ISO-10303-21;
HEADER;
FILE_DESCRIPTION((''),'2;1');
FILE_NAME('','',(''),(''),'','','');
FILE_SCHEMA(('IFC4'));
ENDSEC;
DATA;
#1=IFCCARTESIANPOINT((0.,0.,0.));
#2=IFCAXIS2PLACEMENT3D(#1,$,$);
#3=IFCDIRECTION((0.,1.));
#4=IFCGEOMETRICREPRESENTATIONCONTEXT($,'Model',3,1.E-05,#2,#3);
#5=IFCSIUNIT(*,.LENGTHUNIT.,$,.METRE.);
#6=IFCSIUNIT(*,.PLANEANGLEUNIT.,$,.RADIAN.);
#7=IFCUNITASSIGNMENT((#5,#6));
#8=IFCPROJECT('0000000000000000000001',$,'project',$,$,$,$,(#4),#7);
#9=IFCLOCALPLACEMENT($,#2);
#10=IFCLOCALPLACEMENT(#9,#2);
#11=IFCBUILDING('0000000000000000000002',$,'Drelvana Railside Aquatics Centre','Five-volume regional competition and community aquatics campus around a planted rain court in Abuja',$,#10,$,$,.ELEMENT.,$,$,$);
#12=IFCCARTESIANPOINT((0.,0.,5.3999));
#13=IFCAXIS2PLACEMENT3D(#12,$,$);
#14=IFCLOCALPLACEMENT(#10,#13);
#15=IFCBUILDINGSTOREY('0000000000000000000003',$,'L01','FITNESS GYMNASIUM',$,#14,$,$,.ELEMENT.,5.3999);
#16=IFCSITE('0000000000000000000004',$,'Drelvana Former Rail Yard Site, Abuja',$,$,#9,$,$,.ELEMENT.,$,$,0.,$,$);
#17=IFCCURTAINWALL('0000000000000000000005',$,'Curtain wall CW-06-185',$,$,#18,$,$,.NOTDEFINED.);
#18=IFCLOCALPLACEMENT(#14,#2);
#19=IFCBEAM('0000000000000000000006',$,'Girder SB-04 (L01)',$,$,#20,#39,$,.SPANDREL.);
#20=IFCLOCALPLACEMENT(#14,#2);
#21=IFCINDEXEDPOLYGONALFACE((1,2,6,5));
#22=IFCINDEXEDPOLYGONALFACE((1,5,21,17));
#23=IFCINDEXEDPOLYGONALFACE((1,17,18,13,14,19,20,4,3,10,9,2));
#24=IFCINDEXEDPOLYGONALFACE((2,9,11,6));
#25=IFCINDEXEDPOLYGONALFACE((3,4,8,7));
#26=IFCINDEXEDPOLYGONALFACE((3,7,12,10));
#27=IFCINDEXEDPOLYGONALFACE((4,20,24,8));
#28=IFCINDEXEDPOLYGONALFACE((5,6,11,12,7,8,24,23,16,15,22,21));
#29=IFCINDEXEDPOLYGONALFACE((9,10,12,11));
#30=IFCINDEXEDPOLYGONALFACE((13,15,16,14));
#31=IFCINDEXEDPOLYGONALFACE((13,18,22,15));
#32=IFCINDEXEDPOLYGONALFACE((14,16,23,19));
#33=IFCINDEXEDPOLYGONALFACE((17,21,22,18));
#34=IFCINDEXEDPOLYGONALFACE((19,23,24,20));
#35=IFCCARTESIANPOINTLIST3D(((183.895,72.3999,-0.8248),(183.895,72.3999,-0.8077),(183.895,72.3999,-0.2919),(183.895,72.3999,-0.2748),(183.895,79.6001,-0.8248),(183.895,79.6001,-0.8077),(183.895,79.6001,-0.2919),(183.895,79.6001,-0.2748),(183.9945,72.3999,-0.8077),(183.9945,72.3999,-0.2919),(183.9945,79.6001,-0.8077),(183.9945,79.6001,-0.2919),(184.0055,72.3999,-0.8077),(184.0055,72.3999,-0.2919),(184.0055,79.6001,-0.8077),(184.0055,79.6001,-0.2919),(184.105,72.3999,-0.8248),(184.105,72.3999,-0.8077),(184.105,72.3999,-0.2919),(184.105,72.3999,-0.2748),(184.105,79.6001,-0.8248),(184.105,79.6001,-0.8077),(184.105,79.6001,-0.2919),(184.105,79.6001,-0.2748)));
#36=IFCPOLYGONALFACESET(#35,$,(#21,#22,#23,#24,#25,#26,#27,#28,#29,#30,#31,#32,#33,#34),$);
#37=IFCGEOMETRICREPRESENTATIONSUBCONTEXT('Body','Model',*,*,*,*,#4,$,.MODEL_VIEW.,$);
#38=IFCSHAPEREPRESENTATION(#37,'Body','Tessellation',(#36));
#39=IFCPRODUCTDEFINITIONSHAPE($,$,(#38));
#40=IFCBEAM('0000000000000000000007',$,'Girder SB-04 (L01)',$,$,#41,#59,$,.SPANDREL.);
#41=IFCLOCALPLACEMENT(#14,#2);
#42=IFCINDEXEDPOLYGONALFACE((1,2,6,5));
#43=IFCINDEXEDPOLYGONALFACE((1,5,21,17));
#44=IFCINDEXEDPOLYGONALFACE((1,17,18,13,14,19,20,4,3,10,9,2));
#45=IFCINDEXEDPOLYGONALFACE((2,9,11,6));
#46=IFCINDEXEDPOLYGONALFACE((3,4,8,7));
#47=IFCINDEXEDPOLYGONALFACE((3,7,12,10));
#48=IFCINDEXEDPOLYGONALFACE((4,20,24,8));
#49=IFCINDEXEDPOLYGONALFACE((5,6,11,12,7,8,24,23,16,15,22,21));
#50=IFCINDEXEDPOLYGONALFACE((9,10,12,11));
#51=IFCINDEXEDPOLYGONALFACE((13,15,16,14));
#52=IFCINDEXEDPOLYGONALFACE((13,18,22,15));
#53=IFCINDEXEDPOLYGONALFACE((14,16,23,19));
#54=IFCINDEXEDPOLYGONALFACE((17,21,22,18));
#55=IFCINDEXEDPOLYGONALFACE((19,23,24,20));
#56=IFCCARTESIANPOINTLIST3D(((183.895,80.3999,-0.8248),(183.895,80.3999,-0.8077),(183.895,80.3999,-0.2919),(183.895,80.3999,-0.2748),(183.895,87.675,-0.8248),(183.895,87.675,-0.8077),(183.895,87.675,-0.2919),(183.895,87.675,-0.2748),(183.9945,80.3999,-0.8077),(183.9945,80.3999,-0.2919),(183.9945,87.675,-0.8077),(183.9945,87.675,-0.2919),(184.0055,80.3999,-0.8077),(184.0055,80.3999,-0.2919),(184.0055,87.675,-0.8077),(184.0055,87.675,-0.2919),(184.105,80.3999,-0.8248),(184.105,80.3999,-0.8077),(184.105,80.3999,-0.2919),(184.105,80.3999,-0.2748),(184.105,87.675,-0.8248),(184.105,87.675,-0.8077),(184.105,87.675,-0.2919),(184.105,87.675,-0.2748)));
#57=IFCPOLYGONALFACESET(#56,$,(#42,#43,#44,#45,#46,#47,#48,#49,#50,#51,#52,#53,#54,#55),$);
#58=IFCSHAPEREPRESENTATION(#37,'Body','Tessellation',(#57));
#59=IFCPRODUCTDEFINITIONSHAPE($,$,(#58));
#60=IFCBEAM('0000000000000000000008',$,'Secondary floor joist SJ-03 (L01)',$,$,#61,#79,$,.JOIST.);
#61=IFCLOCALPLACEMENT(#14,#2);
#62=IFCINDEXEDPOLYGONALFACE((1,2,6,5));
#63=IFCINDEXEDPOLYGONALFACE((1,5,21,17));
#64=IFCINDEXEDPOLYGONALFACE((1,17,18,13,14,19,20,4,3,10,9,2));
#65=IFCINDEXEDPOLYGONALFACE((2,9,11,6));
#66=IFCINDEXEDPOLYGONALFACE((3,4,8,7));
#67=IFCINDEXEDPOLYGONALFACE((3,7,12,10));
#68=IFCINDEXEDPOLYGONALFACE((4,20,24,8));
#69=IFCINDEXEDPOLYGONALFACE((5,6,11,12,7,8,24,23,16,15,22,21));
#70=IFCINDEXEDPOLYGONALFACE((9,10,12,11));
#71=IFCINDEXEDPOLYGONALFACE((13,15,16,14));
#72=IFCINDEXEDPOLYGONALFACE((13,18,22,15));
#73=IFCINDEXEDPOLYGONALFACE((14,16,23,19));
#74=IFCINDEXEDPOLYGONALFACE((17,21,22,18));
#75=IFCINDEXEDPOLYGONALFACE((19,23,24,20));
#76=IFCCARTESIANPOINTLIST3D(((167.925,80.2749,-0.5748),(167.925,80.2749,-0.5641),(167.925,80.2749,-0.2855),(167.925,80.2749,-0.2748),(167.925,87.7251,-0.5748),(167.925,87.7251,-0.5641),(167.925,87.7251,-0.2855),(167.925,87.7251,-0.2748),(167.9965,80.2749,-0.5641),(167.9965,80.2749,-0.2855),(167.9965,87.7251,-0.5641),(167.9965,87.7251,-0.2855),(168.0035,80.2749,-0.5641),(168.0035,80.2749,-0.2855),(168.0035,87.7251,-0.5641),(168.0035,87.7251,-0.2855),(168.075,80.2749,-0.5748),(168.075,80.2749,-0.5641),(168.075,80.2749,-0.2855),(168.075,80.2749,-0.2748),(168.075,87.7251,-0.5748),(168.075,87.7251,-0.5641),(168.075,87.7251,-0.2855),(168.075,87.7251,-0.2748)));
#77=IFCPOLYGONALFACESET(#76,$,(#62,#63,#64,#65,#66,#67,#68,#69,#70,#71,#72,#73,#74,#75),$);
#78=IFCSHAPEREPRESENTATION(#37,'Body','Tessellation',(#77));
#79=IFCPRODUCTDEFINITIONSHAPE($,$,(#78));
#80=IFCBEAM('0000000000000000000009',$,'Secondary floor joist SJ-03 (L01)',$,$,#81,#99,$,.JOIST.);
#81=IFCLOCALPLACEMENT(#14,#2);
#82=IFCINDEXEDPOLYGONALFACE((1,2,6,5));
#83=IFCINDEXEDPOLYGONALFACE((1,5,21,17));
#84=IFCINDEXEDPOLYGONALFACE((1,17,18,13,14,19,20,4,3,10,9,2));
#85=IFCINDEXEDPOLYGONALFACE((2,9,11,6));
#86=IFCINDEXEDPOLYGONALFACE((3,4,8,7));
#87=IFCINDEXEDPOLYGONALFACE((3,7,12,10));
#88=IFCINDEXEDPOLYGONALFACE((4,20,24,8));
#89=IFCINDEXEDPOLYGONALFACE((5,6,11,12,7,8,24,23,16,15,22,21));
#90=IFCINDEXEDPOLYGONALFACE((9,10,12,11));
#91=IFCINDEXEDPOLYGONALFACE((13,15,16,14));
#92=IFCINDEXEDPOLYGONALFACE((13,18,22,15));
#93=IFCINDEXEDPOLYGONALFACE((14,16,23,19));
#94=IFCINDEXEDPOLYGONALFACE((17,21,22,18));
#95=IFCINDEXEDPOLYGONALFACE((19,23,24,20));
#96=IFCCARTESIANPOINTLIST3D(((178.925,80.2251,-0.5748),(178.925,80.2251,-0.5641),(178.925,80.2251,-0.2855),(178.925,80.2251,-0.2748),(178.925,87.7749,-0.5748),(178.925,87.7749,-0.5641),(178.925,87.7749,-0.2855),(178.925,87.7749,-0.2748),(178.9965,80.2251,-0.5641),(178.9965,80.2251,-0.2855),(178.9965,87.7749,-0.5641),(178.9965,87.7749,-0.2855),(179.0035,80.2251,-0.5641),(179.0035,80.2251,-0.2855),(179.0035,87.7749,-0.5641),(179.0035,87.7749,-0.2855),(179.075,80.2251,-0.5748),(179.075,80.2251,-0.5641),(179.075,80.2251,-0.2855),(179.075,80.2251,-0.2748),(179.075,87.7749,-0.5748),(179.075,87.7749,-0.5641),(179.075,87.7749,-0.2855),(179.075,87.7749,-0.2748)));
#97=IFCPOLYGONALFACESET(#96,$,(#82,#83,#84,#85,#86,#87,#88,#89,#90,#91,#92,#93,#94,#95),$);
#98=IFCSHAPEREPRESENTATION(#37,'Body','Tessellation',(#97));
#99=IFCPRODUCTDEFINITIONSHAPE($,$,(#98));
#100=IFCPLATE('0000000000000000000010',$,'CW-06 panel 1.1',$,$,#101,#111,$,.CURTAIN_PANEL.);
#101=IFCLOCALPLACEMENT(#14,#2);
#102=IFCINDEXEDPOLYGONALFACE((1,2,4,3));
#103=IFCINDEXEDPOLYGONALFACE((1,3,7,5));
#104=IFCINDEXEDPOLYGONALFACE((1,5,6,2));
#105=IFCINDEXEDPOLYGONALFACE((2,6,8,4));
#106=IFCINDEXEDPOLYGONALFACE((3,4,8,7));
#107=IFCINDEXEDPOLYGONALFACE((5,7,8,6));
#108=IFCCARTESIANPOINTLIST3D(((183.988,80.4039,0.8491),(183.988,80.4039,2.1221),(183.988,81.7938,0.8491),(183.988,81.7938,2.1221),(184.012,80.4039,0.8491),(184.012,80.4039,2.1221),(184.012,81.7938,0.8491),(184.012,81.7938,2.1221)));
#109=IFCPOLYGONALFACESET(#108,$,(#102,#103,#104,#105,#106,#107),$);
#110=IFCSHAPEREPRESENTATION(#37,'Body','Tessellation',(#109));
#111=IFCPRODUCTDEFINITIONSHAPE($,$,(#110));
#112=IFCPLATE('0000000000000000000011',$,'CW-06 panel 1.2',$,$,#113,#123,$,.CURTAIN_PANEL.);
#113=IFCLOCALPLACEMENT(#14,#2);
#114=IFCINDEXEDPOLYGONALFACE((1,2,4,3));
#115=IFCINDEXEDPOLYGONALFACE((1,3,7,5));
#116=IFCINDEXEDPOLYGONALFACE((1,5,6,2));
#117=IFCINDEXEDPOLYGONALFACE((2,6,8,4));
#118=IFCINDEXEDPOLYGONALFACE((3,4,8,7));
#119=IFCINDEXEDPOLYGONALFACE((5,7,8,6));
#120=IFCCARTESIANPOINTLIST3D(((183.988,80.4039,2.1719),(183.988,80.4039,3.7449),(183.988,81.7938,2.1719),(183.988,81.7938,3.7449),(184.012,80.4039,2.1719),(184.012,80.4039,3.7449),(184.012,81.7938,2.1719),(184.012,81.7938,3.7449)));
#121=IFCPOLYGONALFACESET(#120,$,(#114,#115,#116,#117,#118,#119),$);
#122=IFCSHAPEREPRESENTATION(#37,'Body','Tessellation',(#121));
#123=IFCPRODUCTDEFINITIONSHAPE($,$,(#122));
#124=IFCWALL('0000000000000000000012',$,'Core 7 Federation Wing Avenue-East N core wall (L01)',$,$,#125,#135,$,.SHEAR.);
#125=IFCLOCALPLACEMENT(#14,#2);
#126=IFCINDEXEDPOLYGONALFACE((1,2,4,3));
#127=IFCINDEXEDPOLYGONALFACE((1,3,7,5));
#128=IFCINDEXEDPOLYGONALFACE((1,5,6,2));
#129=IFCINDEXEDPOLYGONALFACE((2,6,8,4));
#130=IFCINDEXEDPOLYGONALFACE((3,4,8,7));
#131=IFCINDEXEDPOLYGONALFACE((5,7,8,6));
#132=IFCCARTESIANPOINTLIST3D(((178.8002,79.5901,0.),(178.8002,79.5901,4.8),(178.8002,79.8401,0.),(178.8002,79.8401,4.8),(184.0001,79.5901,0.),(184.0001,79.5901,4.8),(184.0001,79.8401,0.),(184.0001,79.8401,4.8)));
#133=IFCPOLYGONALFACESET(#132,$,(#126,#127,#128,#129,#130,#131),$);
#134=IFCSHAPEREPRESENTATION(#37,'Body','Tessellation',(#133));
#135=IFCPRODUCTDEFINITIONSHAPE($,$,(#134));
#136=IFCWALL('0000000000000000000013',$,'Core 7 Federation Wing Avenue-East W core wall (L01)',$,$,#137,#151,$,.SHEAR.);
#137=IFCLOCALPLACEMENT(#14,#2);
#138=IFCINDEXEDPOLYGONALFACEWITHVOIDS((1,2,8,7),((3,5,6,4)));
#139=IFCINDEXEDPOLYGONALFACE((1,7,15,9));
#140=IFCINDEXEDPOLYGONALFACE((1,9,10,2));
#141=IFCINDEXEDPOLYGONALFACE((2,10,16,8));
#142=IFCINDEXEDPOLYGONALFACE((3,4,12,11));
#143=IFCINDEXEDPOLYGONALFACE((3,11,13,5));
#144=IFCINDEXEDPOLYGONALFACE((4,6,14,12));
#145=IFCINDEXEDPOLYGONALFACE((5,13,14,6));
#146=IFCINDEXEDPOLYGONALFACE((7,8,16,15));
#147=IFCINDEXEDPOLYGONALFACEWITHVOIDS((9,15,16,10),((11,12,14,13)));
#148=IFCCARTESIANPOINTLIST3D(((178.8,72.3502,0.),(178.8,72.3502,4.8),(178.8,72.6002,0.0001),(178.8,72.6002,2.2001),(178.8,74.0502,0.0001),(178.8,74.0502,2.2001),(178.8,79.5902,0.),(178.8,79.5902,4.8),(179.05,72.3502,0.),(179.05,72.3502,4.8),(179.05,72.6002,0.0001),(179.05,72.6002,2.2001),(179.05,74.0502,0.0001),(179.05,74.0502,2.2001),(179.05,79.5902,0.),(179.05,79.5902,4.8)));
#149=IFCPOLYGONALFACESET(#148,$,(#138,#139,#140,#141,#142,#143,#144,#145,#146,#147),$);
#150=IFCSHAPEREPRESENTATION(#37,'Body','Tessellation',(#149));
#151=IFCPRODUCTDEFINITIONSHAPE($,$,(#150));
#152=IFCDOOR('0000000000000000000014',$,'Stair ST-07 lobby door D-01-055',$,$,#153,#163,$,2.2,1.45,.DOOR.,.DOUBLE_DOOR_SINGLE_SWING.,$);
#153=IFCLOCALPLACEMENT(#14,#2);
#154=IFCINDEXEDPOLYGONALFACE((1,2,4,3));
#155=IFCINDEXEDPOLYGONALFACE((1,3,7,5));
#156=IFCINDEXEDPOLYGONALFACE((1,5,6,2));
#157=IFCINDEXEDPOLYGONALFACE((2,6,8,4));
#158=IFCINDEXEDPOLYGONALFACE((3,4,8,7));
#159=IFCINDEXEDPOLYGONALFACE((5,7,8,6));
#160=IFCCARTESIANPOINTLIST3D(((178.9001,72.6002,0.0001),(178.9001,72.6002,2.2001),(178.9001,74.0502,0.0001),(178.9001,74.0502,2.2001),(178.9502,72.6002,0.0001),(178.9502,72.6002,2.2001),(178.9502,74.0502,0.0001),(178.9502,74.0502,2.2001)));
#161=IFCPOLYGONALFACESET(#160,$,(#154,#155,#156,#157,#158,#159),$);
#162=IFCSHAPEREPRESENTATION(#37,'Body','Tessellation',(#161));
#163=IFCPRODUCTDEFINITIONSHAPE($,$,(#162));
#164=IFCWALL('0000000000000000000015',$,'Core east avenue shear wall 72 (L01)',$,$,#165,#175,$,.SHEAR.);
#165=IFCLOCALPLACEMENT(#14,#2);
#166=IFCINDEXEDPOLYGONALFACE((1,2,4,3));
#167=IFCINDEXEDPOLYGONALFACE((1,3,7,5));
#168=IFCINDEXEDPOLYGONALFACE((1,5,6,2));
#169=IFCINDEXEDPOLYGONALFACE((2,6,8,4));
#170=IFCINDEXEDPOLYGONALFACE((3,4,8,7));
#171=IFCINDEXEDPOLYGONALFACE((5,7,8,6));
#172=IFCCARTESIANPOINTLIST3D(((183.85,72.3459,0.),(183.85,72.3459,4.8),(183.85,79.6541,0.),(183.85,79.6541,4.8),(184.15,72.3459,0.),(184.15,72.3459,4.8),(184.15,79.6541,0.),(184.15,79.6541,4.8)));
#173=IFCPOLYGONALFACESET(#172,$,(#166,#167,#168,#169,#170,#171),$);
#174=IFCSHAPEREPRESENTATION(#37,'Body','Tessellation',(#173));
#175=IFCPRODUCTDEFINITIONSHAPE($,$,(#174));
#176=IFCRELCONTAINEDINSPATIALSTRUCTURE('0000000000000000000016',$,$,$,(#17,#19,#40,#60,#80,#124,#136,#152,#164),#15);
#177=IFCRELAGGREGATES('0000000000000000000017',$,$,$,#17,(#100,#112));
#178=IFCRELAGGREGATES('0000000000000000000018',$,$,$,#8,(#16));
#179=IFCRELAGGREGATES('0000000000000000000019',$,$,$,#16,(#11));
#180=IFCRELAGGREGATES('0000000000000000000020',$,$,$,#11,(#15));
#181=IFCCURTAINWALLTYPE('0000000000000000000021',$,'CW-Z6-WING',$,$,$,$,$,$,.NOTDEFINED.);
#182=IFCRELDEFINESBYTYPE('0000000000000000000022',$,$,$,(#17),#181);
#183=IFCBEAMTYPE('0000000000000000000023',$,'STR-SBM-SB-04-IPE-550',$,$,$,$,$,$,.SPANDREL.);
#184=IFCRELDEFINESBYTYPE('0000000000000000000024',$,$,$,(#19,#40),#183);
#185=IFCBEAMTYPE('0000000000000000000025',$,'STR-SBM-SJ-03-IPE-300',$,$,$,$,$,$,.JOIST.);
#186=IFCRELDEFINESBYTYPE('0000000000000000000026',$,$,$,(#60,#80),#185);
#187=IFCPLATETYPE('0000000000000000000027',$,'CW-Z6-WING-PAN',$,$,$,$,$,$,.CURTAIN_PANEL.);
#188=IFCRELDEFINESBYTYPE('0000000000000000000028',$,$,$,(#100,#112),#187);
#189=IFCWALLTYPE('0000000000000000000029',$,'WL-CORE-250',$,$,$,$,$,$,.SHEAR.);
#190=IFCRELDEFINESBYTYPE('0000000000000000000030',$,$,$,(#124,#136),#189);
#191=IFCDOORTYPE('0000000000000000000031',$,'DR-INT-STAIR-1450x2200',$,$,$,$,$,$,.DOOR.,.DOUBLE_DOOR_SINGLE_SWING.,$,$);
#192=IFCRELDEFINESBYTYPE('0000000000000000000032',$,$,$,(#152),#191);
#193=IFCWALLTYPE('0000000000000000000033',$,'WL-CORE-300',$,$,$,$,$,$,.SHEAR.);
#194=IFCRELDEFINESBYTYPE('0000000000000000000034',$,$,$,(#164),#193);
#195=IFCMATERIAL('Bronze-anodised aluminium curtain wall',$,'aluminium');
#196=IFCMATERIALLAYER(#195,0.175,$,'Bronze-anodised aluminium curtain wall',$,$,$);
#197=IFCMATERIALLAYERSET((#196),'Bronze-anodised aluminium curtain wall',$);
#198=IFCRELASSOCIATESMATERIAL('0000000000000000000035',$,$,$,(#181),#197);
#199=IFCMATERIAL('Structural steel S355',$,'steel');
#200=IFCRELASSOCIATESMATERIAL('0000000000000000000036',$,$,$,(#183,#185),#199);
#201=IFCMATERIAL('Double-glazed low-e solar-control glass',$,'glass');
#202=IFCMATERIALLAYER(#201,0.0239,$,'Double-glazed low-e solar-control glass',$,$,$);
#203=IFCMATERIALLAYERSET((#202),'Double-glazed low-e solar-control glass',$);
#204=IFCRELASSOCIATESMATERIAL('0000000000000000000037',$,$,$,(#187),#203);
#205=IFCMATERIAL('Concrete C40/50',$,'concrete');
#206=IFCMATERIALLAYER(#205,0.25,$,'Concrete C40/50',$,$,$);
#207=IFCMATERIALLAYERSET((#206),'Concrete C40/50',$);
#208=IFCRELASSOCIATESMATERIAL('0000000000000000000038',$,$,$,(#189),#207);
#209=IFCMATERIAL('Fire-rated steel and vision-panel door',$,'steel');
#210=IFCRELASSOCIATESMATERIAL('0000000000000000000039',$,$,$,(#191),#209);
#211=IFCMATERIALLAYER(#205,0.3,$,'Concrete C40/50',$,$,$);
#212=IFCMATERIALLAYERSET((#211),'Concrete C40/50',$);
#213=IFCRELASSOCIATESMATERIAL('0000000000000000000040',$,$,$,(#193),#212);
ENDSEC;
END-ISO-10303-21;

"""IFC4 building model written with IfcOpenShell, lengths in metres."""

from ifc_helpers import new_model, si_unit, direction, frame, frame_2d, origin, origin_2d, place, context, subcontext, project, spatial, rectangle, i_section, extrude, material, layer, layer_set, material_profile, profile_set, type_object, element, fill, aggregate, save


model = new_model("IFC4")

# Units and contexts
model_context = context("Model", 3, precision=1e-05, world=origin(), true_north=direction((0.0, 1.0)))
body_context = subcontext(model_context, "Body", "Model", "MODEL_VIEW")
ifc_project = project(units=[si_unit("LENGTHUNIT", "METRE"), si_unit("PLANEANGLEUNIT", "RADIAN")], contexts=[model_context])

# Site, building, storey
site_placement = place(None, origin())
site = spatial("IfcSite", under=ifc_project, at=site_placement, Name="Drelvana Former Rail Yard Site, Abuja", CompositionType="ELEMENT", RefElevation=0.0)
building_placement = place(site_placement, origin())
building = spatial("IfcBuilding", under=site, at=building_placement, Name="Drelvana Railside Aquatics Centre", Description="Five-volume regional competition and community aquatics campus around a planted rain court in Abuja", CompositionType="ELEMENT")
storey_placement = place(building_placement, frame((0.0, 0.0, 5.3999)))
storey = spatial("IfcBuildingStorey", under=building, at=storey_placement, Name="L01", Description="FITNESS GYMNASIUM", CompositionType="ELEMENT", Elevation=5.3999)

# Shared definitions
ifc_material_1 = material(Name="Concrete C40/50", Category="concrete")

# Curtain wall
ifc_material_2 = material(Name="Bronze-anodised aluminium curtain wall", Category="aluminium")
ifc_layer_1 = layer(ifc_material_2, 0.175, Name="Bronze-anodised aluminium curtain wall")
ifc_layer_set_1 = layer_set([ifc_layer_1], Name="Bronze-anodised aluminium curtain wall")
curtain_wall_type = type_object("IfcCurtainWallType", Name="CW-Z6-WING", PredefinedType="NOTDEFINED", material=ifc_layer_set_1)
curtain_wall_placement = place(storey_placement, origin())
curtain_wall = element("IfcCurtainWall", 1, at=curtain_wall_placement, inside=storey, type_object=curtain_wall_type, Name="Curtain wall CW-06-185", PredefinedType="NOTDEFINED")

# Beams
ifc_material_3 = material(Name="Structural steel S355", Category="steel")
ifc_material_profile_1 = material_profile(ifc_material_3, i_section(OverallWidth=0.21, OverallDepth=0.55, WebThickness=0.011, FlangeThickness=0.0171, at=origin_2d()), Name="IPE 550")
ifc_profile_set_1 = profile_set([ifc_material_profile_1], Name="Structural steel S355")
beam_type_1 = type_object("IfcBeamType", Name="STR-SBM-SB-04-IPE-550", PredefinedType="SPANDREL", material=ifc_profile_set_1)
beam_1_placement = place(storey_placement, frame((184.0, 72.3999, -0.5498), z_axis=(0.0, 1.0, 0.0), x_axis=(-1.0, 0.0, 0.0)))
element("IfcBeam", 2, at=beam_1_placement, inside=storey, type_object=beam_type_1, Name="Girder SB-04 (L01)", PredefinedType="SPANDREL", context=body_context, shape_type="SweptSolid", body=[
    extrude(i_section(OverallWidth=0.21, OverallDepth=0.55, WebThickness=0.011, FlangeThickness=0.0171, at=origin_2d()), origin(), (0.0, 0.0, 1.0), 7.2002),
])
beam_2_placement = place(storey_placement, frame((184.0, 80.3999, -0.5498), z_axis=(0.0, 1.0, 0.0), x_axis=(-1.0, 0.0, 0.0)))
element("IfcBeam", 3, at=beam_2_placement, inside=storey, type_object=beam_type_1, Name="Girder SB-04 (L01)", PredefinedType="SPANDREL", context=body_context, shape_type="SweptSolid", body=[
    extrude(i_section(OverallWidth=0.21, OverallDepth=0.55, WebThickness=0.011, FlangeThickness=0.0171, at=origin_2d()), origin(), (0.0, 0.0, 1.0), 7.2751),
])
ifc_material_profile_2 = material_profile(ifc_material_3, i_section(OverallWidth=0.1499, OverallDepth=0.3, WebThickness=0.0071, FlangeThickness=0.0107, at=origin_2d()), Name="IPE 300")
ifc_profile_set_2 = profile_set([ifc_material_profile_2], Name="Structural steel S355")
beam_type_2 = type_object("IfcBeamType", Name="STR-SBM-SJ-03-IPE-300", PredefinedType="JOIST", material=ifc_profile_set_2)
beam_3_placement = place(storey_placement, frame((168.0, 80.2749, -0.4248), z_axis=(0.0, 1.0, 0.0), x_axis=(-1.0, 0.0, 0.0)))
element("IfcBeam", 4, at=beam_3_placement, inside=storey, type_object=beam_type_2, Name="Secondary floor joist SJ-03 (L01)", PredefinedType="JOIST", context=body_context, shape_type="SweptSolid", body=[
    extrude(i_section(OverallWidth=0.1499, OverallDepth=0.3, WebThickness=0.0071, FlangeThickness=0.0107, at=origin_2d()), origin(), (0.0, 0.0, 1.0), 7.4502),
])
beam_4_placement = place(storey_placement, frame((179.0, 80.2251, -0.4248), z_axis=(0.0, 1.0, 0.0), x_axis=(-1.0, 0.0, 0.0)))
element("IfcBeam", 5, at=beam_4_placement, inside=storey, type_object=beam_type_2, Name="Secondary floor joist SJ-03 (L01)", PredefinedType="JOIST", context=body_context, shape_type="SweptSolid", body=[
    extrude(i_section(OverallWidth=0.1499, OverallDepth=0.3, WebThickness=0.0071, FlangeThickness=0.0107, at=origin_2d()), origin(), (0.0, 0.0, 1.0), 7.5498),
])

# Plates
ifc_material_4 = material(Name="Double-glazed low-e solar-control glass", Category="glass")
ifc_layer_2 = layer(ifc_material_4, 0.0239, Name="Double-glazed low-e solar-control glass")
ifc_layer_set_2 = layer_set([ifc_layer_2], Name="Double-glazed low-e solar-control glass")
plate_type = type_object("IfcPlateType", Name="CW-Z6-WING-PAN", PredefinedType="CURTAIN_PANEL", material=ifc_layer_set_2)
plate_1_placement = place(storey_placement, frame((184.0, 81.0989, 0.8491), z_axis=(0.0, 0.0, 1.0), x_axis=(0.0, 1.0, 0.0)))
plate_1 = element("IfcPlate", 6, at=plate_1_placement, type_object=plate_type, Name="CW-06 panel 1.1", PredefinedType="CURTAIN_PANEL", context=body_context, shape_type="SweptSolid", body=[
    extrude(rectangle(XDim=1.3899, YDim=0.0239, at=origin_2d()), origin(), (0.0, 0.0, 1.0), 1.2729),
])
plate_2_placement = place(storey_placement, frame((184.0, 81.0989, 2.1719), z_axis=(0.0, 0.0, 1.0), x_axis=(0.0, 1.0, 0.0)))
plate_2 = element("IfcPlate", 7, at=plate_2_placement, type_object=plate_type, Name="CW-06 panel 1.2", PredefinedType="CURTAIN_PANEL", context=body_context, shape_type="SweptSolid", body=[
    extrude(rectangle(XDim=1.3899, YDim=0.0239, at=origin_2d()), origin(), (0.0, 0.0, 1.0), 1.573),
])
aggregate(curtain_wall, [plate_1, plate_2])

# Wall
ifc_layer_3 = layer(ifc_material_1, 0.25, Name="Concrete C40/50")
ifc_layer_set_3 = layer_set([ifc_layer_3], Name="Concrete C40/50")
wall_type_1 = type_object("IfcWallType", Name="WL-CORE-250", PredefinedType="SHEAR", material=ifc_layer_set_3)
wall_1_placement = place(storey_placement, frame((178.8, 79.7151, 0.0), z_axis=(0.0, 0.0, 1.0), x_axis=(1.0, 0.0, 0.0)))
element("IfcWall", 8, at=wall_1_placement, inside=storey, type_object=wall_type_1, Name="Core 7 Federation Wing Avenue-East N core wall (L01)", PredefinedType="SHEAR", context=body_context, shape_type="SweptSolid", body=[
    extrude(rectangle(XDim=5.2, YDim=0.25, at=frame_2d((2.6001, 0.0))), origin(), (0.0, 0.0, 1.0), 4.8),
])

# Wall, opening, door
wall_2_placement = place(storey_placement, frame((178.925, 72.3501, 0.0), z_axis=(0.0, 0.0, 1.0), x_axis=(0.0, 1.0, 0.0)))
wall_2 = element("IfcWall", 9, at=wall_2_placement, inside=storey, type_object=wall_type_1, Name="Core 7 Federation Wing Avenue-East W core wall (L01)", PredefinedType="SHEAR", context=body_context, shape_type="SweptSolid", body=[
    extrude(rectangle(XDim=7.24, YDim=0.25, at=frame_2d((3.6201, 0.0))), origin(), (0.0, 0.0, 1.0), 4.8),
])
opening_1_placement = place(wall_2_placement, frame((0.25, 0.0, 0.0)))
opening_1 = element("IfcOpeningElement", 10, at=opening_1_placement, cuts=wall_2, PredefinedType="OPENING", context=body_context, shape_type="SweptSolid", body=[
    extrude(rectangle(XDim=1.45, YDim=2.2, at=frame_2d((0.7251, 1.1001))), frame((0.0, 0.135, 0.0), z_axis=(0.0, -1.0, 0.0), x_axis=(1.0, 0.0, 0.0)), (0.0, 0.0, 1.0), 0.27),
])
ifc_material_5 = material(Name="Fire-rated steel and vision-panel door", Category="steel")
door_type_1 = type_object("IfcDoorType", Name="DR-INT-STAIR-1450x2200", OperationType="DOUBLE_DOOR_SINGLE_SWING", PredefinedType="DOOR", material=ifc_material_5)
door_1_placement = place(opening_1_placement, origin())
door_1 = element("IfcDoor", 11, at=door_1_placement, inside=storey, type_object=door_type_1, Name="Stair ST-07 lobby door D-01-055", OperationType="DOUBLE_DOOR_SINGLE_SWING", OverallHeight=2.2, OverallWidth=1.45, PredefinedType="DOOR", context=body_context, shape_type="SweptSolid", body=[
    extrude(rectangle(XDim=1.45, YDim=2.2, at=frame_2d((0.7251, 1.1001))), frame((0.0, 0.0249, 0.0), z_axis=(0.0, -1.0, 0.0), x_axis=(1.0, 0.0, 0.0)), (0.0, 0.0, 1.0), 0.05),
])
fill(opening_1, door_1)

# Wall
ifc_layer_4 = layer(ifc_material_1, 0.3, Name="Concrete C40/50")
ifc_layer_set_4 = layer_set([ifc_layer_4], Name="Concrete C40/50")
wall_type_2 = type_object("IfcWallType", Name="WL-CORE-300", PredefinedType="SHEAR", material=ifc_layer_set_4)
wall_3_placement = place(storey_placement, frame((184.0, 72.3459, 0.0), z_axis=(0.0, 0.0, 1.0), x_axis=(0.0, 1.0, 0.0)))
element("IfcWall", 12, at=wall_3_placement, inside=storey, type_object=wall_type_2, Name="Core east avenue shear wall 72 (L01)", PredefinedType="SHEAR", context=body_context, shape_type="SweptSolid", body=[
    extrude(rectangle(XDim=7.3081, YDim=0.3, at=frame_2d((3.6541, 0.0))), origin(), (0.0, 0.0, 1.0), 4.8),
])

save(model, "model.ifc")
